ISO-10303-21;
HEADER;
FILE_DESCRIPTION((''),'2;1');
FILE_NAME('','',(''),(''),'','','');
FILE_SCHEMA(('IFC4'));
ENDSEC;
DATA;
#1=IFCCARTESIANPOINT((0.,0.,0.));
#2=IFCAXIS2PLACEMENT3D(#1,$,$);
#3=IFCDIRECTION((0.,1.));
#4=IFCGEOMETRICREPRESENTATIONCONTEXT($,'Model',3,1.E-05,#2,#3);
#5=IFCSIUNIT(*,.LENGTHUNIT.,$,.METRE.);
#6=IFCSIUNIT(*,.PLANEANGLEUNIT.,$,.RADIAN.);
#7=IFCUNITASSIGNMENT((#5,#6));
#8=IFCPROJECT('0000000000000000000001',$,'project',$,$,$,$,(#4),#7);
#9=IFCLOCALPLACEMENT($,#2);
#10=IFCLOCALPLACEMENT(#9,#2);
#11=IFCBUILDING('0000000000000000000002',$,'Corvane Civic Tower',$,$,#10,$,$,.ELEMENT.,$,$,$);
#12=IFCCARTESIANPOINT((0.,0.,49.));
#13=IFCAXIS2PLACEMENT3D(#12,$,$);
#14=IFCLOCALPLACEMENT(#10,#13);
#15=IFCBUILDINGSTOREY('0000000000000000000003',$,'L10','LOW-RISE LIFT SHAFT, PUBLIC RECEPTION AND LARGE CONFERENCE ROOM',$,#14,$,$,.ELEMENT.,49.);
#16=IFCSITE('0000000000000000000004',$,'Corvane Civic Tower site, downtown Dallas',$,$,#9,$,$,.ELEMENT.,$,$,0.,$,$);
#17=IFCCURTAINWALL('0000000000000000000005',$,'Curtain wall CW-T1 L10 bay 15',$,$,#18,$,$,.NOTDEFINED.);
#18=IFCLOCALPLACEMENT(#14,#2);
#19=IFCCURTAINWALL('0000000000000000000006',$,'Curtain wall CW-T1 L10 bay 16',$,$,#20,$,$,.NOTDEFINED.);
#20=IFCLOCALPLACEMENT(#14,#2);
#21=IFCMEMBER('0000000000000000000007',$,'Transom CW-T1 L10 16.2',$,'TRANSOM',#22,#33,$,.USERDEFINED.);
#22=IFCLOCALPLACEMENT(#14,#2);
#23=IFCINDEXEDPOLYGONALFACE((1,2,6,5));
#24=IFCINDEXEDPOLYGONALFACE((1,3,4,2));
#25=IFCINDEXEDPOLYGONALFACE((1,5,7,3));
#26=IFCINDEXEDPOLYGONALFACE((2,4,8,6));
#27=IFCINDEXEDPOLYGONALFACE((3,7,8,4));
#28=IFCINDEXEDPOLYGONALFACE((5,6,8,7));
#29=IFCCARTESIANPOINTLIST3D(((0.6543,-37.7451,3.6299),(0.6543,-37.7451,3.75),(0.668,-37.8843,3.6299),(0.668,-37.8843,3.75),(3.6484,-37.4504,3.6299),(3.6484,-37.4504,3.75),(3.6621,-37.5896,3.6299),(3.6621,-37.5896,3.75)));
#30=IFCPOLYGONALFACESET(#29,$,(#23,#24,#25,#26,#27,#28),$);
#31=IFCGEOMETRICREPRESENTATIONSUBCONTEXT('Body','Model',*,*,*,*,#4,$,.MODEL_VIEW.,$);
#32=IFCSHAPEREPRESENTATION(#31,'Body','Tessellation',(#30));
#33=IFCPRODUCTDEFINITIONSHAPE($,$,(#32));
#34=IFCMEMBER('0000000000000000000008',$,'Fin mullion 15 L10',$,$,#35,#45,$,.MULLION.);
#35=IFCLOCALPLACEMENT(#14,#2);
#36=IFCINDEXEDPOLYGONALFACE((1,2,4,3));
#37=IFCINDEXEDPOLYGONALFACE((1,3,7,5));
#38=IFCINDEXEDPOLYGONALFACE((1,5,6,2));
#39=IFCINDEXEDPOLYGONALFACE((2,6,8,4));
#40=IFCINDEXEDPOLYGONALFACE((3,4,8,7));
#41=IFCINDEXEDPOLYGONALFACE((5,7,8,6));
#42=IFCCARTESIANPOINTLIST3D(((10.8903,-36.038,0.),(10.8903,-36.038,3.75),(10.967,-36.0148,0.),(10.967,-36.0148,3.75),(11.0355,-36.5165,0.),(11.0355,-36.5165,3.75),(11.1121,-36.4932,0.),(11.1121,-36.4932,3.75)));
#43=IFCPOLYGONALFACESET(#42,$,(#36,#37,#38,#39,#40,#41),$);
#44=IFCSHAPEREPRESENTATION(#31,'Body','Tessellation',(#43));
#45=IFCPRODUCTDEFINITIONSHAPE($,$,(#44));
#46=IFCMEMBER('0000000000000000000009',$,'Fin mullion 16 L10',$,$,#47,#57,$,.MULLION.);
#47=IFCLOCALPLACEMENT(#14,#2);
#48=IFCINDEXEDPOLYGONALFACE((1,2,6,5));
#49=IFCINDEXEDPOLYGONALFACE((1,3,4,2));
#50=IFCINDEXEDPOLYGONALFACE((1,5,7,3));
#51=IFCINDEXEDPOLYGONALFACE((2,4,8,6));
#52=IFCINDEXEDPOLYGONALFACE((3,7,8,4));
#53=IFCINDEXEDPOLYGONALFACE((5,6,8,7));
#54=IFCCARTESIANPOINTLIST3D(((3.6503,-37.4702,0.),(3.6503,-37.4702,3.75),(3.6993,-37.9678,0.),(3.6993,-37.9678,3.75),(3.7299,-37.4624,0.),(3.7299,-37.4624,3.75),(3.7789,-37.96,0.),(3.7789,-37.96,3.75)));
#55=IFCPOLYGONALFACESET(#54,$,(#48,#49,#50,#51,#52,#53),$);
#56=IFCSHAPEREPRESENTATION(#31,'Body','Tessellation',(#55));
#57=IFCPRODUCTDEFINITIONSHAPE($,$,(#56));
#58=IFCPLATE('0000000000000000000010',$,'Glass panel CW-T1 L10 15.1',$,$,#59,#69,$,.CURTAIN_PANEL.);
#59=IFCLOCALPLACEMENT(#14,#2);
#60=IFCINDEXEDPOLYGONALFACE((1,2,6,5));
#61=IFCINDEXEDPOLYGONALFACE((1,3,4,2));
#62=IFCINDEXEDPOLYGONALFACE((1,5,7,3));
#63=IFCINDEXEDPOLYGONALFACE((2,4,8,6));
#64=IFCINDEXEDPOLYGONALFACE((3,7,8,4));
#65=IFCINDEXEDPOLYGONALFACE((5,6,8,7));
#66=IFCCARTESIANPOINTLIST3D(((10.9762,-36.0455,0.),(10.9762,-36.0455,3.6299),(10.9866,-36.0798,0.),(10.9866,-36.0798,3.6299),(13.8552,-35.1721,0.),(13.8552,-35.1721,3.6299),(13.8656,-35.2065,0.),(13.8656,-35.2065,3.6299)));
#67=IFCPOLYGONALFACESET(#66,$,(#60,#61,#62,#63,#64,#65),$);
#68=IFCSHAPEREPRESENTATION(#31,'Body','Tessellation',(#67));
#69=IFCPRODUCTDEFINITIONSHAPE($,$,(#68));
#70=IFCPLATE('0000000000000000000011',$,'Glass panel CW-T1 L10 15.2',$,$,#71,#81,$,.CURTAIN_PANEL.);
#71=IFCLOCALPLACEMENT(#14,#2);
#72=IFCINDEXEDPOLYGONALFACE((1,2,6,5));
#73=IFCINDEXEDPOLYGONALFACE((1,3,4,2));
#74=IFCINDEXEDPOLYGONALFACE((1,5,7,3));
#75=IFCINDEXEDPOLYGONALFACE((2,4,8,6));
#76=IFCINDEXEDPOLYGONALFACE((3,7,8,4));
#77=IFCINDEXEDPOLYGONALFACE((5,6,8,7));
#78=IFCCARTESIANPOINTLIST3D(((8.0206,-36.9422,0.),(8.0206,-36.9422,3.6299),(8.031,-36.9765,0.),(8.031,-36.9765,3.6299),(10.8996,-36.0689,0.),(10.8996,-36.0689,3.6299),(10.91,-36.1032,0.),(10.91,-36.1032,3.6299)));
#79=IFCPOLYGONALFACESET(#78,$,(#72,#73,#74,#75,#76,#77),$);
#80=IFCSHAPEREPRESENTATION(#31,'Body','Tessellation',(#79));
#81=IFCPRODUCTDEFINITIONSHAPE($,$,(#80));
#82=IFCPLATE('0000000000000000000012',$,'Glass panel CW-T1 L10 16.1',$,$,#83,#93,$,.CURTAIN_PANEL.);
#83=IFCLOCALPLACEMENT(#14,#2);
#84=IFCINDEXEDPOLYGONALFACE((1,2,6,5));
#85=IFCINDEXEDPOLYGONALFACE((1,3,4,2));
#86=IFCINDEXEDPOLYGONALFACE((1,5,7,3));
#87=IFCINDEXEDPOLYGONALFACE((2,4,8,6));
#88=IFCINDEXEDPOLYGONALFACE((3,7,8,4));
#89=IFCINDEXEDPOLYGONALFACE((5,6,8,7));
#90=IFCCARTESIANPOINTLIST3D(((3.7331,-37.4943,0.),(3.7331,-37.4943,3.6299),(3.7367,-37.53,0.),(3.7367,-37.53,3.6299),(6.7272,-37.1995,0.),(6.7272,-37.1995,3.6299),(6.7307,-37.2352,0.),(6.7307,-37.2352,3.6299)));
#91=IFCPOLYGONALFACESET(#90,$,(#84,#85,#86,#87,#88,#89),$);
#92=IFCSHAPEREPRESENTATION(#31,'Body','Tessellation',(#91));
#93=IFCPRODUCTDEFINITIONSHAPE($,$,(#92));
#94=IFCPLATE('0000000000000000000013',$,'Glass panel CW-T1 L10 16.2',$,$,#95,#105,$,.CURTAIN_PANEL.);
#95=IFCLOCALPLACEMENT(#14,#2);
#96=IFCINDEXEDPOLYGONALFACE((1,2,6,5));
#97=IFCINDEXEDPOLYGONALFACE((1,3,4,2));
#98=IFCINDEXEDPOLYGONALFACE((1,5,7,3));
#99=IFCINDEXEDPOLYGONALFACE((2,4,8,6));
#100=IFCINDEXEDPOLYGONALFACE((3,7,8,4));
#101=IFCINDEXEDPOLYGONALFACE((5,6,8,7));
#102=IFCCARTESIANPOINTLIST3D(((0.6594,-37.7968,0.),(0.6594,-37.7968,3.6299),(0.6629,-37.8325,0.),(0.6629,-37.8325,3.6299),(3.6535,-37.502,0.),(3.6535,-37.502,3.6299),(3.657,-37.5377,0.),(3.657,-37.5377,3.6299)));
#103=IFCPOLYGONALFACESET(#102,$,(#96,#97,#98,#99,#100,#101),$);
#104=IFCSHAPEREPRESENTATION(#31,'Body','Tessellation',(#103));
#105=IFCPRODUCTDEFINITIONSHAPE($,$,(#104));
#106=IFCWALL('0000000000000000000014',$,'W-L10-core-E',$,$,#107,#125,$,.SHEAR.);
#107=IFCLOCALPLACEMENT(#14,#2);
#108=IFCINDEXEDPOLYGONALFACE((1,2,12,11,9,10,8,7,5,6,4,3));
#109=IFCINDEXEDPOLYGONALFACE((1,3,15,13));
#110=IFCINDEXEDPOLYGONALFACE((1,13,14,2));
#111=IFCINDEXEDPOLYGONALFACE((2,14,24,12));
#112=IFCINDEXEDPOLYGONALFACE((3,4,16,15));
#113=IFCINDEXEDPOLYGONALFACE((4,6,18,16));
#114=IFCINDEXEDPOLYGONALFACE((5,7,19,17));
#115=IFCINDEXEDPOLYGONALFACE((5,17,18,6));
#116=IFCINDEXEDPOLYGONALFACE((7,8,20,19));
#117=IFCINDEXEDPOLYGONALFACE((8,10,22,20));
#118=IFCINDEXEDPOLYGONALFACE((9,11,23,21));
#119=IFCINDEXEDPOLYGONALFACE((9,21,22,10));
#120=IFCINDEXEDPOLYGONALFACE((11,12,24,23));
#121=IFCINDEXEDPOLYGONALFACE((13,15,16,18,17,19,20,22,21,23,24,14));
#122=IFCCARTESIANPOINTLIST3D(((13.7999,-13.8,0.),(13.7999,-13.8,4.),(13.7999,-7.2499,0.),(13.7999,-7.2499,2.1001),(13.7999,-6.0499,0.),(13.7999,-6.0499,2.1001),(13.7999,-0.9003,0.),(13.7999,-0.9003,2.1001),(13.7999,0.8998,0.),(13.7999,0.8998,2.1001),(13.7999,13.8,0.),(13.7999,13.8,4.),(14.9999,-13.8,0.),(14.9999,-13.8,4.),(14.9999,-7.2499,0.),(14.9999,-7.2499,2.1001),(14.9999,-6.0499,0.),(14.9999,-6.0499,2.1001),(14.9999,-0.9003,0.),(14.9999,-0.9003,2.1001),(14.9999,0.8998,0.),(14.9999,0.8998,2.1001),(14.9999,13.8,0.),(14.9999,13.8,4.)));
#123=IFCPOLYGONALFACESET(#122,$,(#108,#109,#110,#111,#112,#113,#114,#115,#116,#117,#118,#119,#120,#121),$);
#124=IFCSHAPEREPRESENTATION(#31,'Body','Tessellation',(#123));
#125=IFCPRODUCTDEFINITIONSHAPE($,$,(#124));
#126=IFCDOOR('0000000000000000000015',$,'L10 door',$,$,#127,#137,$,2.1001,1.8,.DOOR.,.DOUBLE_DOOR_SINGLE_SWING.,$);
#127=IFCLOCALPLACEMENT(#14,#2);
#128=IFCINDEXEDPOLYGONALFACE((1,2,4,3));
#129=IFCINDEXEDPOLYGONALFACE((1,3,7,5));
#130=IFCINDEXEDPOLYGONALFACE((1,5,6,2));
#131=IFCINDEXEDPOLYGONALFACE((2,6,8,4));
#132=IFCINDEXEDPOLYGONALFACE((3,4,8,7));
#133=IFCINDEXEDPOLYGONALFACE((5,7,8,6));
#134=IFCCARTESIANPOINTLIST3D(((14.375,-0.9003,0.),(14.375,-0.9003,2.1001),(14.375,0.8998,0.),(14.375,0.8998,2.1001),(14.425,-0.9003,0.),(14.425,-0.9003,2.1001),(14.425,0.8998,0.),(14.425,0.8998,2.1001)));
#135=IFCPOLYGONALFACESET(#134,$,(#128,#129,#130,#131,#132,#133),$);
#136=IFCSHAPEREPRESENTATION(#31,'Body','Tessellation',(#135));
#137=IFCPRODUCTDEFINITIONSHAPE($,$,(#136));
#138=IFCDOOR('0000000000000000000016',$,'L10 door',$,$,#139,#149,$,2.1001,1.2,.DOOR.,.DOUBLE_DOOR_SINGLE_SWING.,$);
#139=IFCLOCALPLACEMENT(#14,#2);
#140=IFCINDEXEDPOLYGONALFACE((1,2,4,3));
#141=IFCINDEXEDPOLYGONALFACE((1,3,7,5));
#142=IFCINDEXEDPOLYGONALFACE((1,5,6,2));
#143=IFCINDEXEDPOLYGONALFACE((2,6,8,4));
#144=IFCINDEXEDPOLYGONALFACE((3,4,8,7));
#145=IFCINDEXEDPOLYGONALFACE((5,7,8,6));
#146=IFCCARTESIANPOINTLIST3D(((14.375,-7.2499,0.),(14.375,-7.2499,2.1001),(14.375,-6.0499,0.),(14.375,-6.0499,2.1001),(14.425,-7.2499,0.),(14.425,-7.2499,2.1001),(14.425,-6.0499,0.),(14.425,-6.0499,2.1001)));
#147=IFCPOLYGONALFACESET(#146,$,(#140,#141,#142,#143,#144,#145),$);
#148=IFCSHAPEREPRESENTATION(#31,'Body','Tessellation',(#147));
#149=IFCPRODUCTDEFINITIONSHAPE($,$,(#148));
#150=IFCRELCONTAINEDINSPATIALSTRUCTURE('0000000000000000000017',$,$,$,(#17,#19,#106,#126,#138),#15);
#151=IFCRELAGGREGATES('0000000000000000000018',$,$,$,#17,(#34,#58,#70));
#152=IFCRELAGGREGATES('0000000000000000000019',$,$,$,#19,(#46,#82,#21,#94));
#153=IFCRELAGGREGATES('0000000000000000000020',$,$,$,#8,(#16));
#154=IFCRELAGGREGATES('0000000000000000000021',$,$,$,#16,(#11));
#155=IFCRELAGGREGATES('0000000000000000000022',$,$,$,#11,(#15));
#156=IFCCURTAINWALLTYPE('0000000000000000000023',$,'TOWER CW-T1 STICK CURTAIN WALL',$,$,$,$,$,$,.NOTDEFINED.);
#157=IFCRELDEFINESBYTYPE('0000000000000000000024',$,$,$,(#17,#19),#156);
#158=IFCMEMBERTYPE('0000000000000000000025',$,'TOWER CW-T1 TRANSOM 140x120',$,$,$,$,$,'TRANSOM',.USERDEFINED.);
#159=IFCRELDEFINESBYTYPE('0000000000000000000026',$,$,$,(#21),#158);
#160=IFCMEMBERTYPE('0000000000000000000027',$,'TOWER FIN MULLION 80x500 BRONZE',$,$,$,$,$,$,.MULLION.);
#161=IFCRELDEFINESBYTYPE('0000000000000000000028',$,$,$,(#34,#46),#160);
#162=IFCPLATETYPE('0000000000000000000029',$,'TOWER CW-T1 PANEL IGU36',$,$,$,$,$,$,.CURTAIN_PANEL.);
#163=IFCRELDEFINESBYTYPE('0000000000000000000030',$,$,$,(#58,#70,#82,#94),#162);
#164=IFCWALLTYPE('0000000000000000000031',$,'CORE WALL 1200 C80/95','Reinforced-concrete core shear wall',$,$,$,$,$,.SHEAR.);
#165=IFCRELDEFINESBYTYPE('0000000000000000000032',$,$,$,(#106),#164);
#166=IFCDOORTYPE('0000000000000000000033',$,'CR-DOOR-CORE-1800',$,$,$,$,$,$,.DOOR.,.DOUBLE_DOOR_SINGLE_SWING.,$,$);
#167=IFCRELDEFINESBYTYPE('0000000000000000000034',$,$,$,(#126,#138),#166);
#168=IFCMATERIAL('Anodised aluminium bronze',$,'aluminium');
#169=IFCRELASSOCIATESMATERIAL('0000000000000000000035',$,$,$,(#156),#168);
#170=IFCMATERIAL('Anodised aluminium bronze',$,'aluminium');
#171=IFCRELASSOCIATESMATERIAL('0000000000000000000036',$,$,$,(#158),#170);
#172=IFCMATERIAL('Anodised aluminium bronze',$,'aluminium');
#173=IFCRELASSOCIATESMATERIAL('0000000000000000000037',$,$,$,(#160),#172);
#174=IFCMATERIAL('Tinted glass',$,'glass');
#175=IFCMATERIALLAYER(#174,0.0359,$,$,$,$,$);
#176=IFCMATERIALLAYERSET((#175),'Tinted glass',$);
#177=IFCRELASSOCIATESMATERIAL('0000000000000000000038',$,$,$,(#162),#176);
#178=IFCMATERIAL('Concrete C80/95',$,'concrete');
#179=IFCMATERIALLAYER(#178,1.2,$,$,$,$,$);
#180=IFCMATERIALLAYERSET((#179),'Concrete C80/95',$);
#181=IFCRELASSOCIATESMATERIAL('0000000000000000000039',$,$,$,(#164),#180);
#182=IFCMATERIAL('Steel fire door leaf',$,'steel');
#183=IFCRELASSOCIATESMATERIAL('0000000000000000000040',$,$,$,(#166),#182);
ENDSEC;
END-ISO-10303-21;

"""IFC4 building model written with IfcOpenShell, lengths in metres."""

from ifc_helpers import new_model, si_unit, direction, frame, frame_2d, origin, origin_2d, place, context, subcontext, project, spatial, rectangle, extrude, material, layer, layer_set, material_profile, profile_set, type_object, element, fill, aggregate, save


model = new_model("IFC4")

# Units and contexts
model_context = context("Model", 3, precision=1e-05, world=origin(), true_north=direction((0.0, 1.0)))
body_context = subcontext(model_context, "Body", "Model", "MODEL_VIEW")
ifc_project = project(units=[si_unit("LENGTHUNIT", "METRE"), si_unit("PLANEANGLEUNIT", "RADIAN")], contexts=[model_context])

# Site, building, storey
site_placement = place(None, origin())
site = spatial("IfcSite", under=ifc_project, at=site_placement, Name="Corvane Civic Tower site, downtown Dallas", CompositionType="ELEMENT", RefElevation=0.0)
building_placement = place(site_placement, origin())
building = spatial("IfcBuilding", under=site, at=building_placement, Name="Corvane Civic Tower", CompositionType="ELEMENT")
storey_placement = place(building_placement, frame((0.0, 0.0, 49.0)))
storey = spatial("IfcBuildingStorey", under=building, at=storey_placement, Name="L10", Description="LOW-RISE LIFT SHAFT, PUBLIC RECEPTION AND LARGE CONFERENCE ROOM", CompositionType="ELEMENT", Elevation=49.0)

# Curtain walls, member
ifc_material_1 = material(Name="Anodised aluminium bronze", Category="aluminium")
curtain_wall_type = type_object("IfcCurtainWallType", Name="TOWER CW-T1 STICK CURTAIN WALL", PredefinedType="NOTDEFINED", material=ifc_material_1)
curtain_wall_1_placement = place(storey_placement, origin())
curtain_wall_1 = element("IfcCurtainWall", 1, at=curtain_wall_1_placement, inside=storey, type_object=curtain_wall_type, Name="Curtain wall CW-T1 L10 bay 15", PredefinedType="NOTDEFINED")
ifc_material_2 = material(Name="Anodised aluminium bronze", Category="aluminium")
ifc_material_profile_1 = material_profile(ifc_material_2, rectangle(XDim=0.1399, YDim=0.1201, at=origin_2d()), Name="TOWER CW-T1 TRANSOM 140x120")
ifc_profile_set_1 = profile_set([ifc_material_profile_1], Name="Anodised aluminium bronze")
member_type_1 = type_object("IfcMemberType", Name="TOWER CW-T1 TRANSOM 140x120", ElementType="TRANSOM", PredefinedType="USERDEFINED", material=ifc_profile_set_1)
curtain_wall_2_placement = place(storey_placement, origin())
curtain_wall_2 = element("IfcCurtainWall", 2, at=curtain_wall_2_placement, inside=storey, type_object=curtain_wall_type, Name="Curtain wall CW-T1 L10 bay 16", PredefinedType="NOTDEFINED")
member_1_placement = place(storey_placement, frame((3.6553, -37.52, 3.6899), z_axis=(-0.995192, -0.097945, 0.0), x_axis=(0.097945, -0.995192, 0.0)))
member_1 = element("IfcMember", 3, at=member_1_placement, type_object=member_type_1, Name="Transom CW-T1 L10 16.2", ObjectType="TRANSOM", PredefinedType="USERDEFINED", context=body_context, shape_type="SweptSolid", body=[
    extrude(rectangle(XDim=0.1399, YDim=0.1201, at=origin_2d()), origin(), (0.0, 0.0, 1.0), 3.0085),
])

# Members
ifc_material_3 = material(Name="Anodised aluminium bronze", Category="aluminium")
ifc_material_profile_2 = material_profile(ifc_material_3, rectangle(XDim=0.0801, YDim=0.5, at=origin_2d()), Name="TOWER FIN MULLION 80x500 BRONZE")
ifc_profile_set_2 = profile_set([ifc_material_profile_2], Name="Anodised aluminium bronze")
member_type_2 = type_object("IfcMemberType", Name="TOWER FIN MULLION 80x500 BRONZE", PredefinedType="MULLION", material=ifc_profile_set_2)
member_2_placement = place(storey_placement, frame((11.0012, -36.2656, 0.0), z_axis=(0.0, 0.0, 1.0), x_axis=(-0.956942, -0.290278, 0.0)))
member_2 = element("IfcMember", 4, at=member_2_placement, type_object=member_type_2, Name="Fin mullion 15 L10", PredefinedType="MULLION", context=body_context, shape_type="SweptSolid", body=[
    extrude(rectangle(XDim=0.0801, YDim=0.5, at=origin_2d()), origin(), (0.0, 0.0, 1.0), 3.75),
])
member_3_placement = place(storey_placement, frame((3.7146, -37.7151, 0.0), z_axis=(0.0, 0.0, 1.0), x_axis=(-0.995186, -0.098006, 0.0)))
member_3 = element("IfcMember", 5, at=member_3_placement, type_object=member_type_2, Name="Fin mullion 16 L10", PredefinedType="MULLION", context=body_context, shape_type="SweptSolid", body=[
    extrude(rectangle(XDim=0.0801, YDim=0.5, at=origin_2d()), origin(), (0.0, 0.0, 1.0), 3.75),
])

# Plates
ifc_material_4 = material(Name="Tinted glass", Category="glass")
ifc_layer_1 = layer(ifc_material_4, 0.0359)
ifc_layer_set_1 = layer_set([ifc_layer_1], Name="Tinted glass")
plate_type = type_object("IfcPlateType", Name="TOWER CW-T1 PANEL IGU36", PredefinedType="CURTAIN_PANEL", material=ifc_layer_set_1)
plate_1_placement = place(storey_placement, frame((12.4209, -35.626, 0.0), z_axis=(0.0, 0.0, 1.0), x_axis=(-0.956942, -0.290278, 0.0)))
plate_1 = element("IfcPlate", 6, at=plate_1_placement, type_object=plate_type, Name="Glass panel CW-T1 L10 15.1", PredefinedType="CURTAIN_PANEL", context=body_context, shape_type="SweptSolid", body=[
    extrude(rectangle(XDim=3.0085, YDim=0.0359, at=origin_2d()), origin(), (0.0, 0.0, 1.0), 3.6299),
])
plate_2_placement = place(storey_placement, frame((9.4653, -36.5227, 0.0), z_axis=(0.0, 0.0, 1.0), x_axis=(-0.956942, -0.290278, 0.0)))
plate_2 = element("IfcPlate", 7, at=plate_2_placement, type_object=plate_type, Name="Glass panel CW-T1 L10 15.2", PredefinedType="CURTAIN_PANEL", context=body_context, shape_type="SweptSolid", body=[
    extrude(rectangle(XDim=3.0085, YDim=0.0359, at=origin_2d()), origin(), (0.0, 0.0, 1.0), 3.6299),
])
aggregate(curtain_wall_1, [member_2, plate_1, plate_2])
plate_3_placement = place(storey_placement, frame((5.2319, -37.3647, 0.0), z_axis=(0.0, 0.0, 1.0), x_axis=(-0.995186, -0.098006, 0.0)))
plate_3 = element("IfcPlate", 8, at=plate_3_placement, type_object=plate_type, Name="Glass panel CW-T1 L10 16.1", PredefinedType="CURTAIN_PANEL", context=body_context, shape_type="SweptSolid", body=[
    extrude(rectangle(XDim=3.0085, YDim=0.0359, at=origin_2d()), origin(), (0.0, 0.0, 1.0), 3.6299),
])
plate_4_placement = place(storey_placement, frame((2.1582, -37.6672, 0.0), z_axis=(0.0, 0.0, 1.0), x_axis=(-0.995186, -0.098006, 0.0)))
plate_4 = element("IfcPlate", 9, at=plate_4_placement, type_object=plate_type, Name="Glass panel CW-T1 L10 16.2", PredefinedType="CURTAIN_PANEL", context=body_context, shape_type="SweptSolid", body=[
    extrude(rectangle(XDim=3.0085, YDim=0.0359, at=origin_2d()), origin(), (0.0, 0.0, 1.0), 3.6299),
])
aggregate(curtain_wall_2, [member_3, plate_3, member_1, plate_4])

# Wall, openings, doors
ifc_material_5 = material(Name="Concrete C80/95", Category="concrete")
ifc_layer_2 = layer(ifc_material_5, 1.2)
ifc_layer_set_2 = layer_set([ifc_layer_2], Name="Concrete C80/95")
wall_type_1 = type_object("IfcWallType", Name="CORE WALL 1200 C80/95", Description="Reinforced-concrete core shear wall", PredefinedType="SHEAR", material=ifc_layer_set_2)
wall_1_placement = place(storey_placement, frame((14.3999, -13.8, 0.0), z_axis=(0.0, 0.0, 1.0), x_axis=(0.0, 1.0, 0.0)))
wall_1 = element("IfcWall", 10, at=wall_1_placement, inside=storey, type_object=wall_type_1, Name="W-L10-core-E", PredefinedType="SHEAR", context=body_context, shape_type="SweptSolid", body=[
    extrude(rectangle(XDim=27.6001, YDim=1.2, at=frame_2d((13.8, 0.0))), origin(), (0.0, 0.0, 1.0), 4.0),
])
opening_1_placement = place(wall_1_placement, frame((12.8999, 0.0, 0.0)))
opening_1 = element("IfcOpeningElement", 11, at=opening_1_placement, cuts=wall_1, PredefinedType="OPENING", context=body_context, shape_type="SweptSolid", body=[
    extrude(rectangle(XDim=1.8, YDim=2.1001, at=frame_2d((0.8999, 1.05))), frame((0.0, 0.6099, 0.0), z_axis=(0.0, -1.0, 0.0), x_axis=(1.0, 0.0, 0.0)), (0.0, 0.0, 1.0), 1.22),
])
opening_2_placement = place(wall_1_placement, frame((6.55, 0.0, 0.0)))
opening_2 = element("IfcOpeningElement", 12, at=opening_2_placement, cuts=wall_1, PredefinedType="OPENING", context=body_context, shape_type="SweptSolid", body=[
    extrude(rectangle(XDim=1.2, YDim=2.1001, at=frame_2d((0.6001, 1.05))), frame((0.0, 0.6099, 0.0), z_axis=(0.0, -1.0, 0.0), x_axis=(1.0, 0.0, 0.0)), (0.0, 0.0, 1.0), 1.22),
])
ifc_material_6 = material(Name="Steel fire door leaf", Category="steel")
door_type_1 = type_object("IfcDoorType", Name="CR-DOOR-CORE-1800", OperationType="DOUBLE_DOOR_SINGLE_SWING", PredefinedType="DOOR", material=ifc_material_6)
door_1_placement = place(opening_1_placement, origin())
door_1 = element("IfcDoor", 13, at=door_1_placement, inside=storey, type_object=door_type_1, Name="L10 door", OperationType="DOUBLE_DOOR_SINGLE_SWING", OverallHeight=2.1001, OverallWidth=1.8, PredefinedType="DOOR", context=body_context, shape_type="SweptSolid", body=[
    extrude(rectangle(XDim=1.8, YDim=2.1001, at=frame_2d((0.8999, 1.05))), frame((0.0, 0.0249, 0.0), z_axis=(0.0, -1.0, 0.0), x_axis=(1.0, 0.0, 0.0)), (0.0, 0.0, 1.0), 0.05),
])
fill(opening_1, door_1)
door_2_placement = place(opening_2_placement, origin())
door_2 = element("IfcDoor", 14, at=door_2_placement, inside=storey, type_object=door_type_1, Name="L10 door", OperationType="DOUBLE_DOOR_SINGLE_SWING", OverallHeight=2.1001, OverallWidth=1.2, PredefinedType="DOOR", context=body_context, shape_type="SweptSolid", body=[
    extrude(rectangle(XDim=1.2, YDim=2.1001, at=frame_2d((0.6001, 1.05))), frame((0.0, 0.0249, 0.0), z_axis=(0.0, -1.0, 0.0), x_axis=(1.0, 0.0, 0.0)), (0.0, 0.0, 1.0), 0.05),
])
fill(opening_2, door_2)

save(model, "model.ifc")
